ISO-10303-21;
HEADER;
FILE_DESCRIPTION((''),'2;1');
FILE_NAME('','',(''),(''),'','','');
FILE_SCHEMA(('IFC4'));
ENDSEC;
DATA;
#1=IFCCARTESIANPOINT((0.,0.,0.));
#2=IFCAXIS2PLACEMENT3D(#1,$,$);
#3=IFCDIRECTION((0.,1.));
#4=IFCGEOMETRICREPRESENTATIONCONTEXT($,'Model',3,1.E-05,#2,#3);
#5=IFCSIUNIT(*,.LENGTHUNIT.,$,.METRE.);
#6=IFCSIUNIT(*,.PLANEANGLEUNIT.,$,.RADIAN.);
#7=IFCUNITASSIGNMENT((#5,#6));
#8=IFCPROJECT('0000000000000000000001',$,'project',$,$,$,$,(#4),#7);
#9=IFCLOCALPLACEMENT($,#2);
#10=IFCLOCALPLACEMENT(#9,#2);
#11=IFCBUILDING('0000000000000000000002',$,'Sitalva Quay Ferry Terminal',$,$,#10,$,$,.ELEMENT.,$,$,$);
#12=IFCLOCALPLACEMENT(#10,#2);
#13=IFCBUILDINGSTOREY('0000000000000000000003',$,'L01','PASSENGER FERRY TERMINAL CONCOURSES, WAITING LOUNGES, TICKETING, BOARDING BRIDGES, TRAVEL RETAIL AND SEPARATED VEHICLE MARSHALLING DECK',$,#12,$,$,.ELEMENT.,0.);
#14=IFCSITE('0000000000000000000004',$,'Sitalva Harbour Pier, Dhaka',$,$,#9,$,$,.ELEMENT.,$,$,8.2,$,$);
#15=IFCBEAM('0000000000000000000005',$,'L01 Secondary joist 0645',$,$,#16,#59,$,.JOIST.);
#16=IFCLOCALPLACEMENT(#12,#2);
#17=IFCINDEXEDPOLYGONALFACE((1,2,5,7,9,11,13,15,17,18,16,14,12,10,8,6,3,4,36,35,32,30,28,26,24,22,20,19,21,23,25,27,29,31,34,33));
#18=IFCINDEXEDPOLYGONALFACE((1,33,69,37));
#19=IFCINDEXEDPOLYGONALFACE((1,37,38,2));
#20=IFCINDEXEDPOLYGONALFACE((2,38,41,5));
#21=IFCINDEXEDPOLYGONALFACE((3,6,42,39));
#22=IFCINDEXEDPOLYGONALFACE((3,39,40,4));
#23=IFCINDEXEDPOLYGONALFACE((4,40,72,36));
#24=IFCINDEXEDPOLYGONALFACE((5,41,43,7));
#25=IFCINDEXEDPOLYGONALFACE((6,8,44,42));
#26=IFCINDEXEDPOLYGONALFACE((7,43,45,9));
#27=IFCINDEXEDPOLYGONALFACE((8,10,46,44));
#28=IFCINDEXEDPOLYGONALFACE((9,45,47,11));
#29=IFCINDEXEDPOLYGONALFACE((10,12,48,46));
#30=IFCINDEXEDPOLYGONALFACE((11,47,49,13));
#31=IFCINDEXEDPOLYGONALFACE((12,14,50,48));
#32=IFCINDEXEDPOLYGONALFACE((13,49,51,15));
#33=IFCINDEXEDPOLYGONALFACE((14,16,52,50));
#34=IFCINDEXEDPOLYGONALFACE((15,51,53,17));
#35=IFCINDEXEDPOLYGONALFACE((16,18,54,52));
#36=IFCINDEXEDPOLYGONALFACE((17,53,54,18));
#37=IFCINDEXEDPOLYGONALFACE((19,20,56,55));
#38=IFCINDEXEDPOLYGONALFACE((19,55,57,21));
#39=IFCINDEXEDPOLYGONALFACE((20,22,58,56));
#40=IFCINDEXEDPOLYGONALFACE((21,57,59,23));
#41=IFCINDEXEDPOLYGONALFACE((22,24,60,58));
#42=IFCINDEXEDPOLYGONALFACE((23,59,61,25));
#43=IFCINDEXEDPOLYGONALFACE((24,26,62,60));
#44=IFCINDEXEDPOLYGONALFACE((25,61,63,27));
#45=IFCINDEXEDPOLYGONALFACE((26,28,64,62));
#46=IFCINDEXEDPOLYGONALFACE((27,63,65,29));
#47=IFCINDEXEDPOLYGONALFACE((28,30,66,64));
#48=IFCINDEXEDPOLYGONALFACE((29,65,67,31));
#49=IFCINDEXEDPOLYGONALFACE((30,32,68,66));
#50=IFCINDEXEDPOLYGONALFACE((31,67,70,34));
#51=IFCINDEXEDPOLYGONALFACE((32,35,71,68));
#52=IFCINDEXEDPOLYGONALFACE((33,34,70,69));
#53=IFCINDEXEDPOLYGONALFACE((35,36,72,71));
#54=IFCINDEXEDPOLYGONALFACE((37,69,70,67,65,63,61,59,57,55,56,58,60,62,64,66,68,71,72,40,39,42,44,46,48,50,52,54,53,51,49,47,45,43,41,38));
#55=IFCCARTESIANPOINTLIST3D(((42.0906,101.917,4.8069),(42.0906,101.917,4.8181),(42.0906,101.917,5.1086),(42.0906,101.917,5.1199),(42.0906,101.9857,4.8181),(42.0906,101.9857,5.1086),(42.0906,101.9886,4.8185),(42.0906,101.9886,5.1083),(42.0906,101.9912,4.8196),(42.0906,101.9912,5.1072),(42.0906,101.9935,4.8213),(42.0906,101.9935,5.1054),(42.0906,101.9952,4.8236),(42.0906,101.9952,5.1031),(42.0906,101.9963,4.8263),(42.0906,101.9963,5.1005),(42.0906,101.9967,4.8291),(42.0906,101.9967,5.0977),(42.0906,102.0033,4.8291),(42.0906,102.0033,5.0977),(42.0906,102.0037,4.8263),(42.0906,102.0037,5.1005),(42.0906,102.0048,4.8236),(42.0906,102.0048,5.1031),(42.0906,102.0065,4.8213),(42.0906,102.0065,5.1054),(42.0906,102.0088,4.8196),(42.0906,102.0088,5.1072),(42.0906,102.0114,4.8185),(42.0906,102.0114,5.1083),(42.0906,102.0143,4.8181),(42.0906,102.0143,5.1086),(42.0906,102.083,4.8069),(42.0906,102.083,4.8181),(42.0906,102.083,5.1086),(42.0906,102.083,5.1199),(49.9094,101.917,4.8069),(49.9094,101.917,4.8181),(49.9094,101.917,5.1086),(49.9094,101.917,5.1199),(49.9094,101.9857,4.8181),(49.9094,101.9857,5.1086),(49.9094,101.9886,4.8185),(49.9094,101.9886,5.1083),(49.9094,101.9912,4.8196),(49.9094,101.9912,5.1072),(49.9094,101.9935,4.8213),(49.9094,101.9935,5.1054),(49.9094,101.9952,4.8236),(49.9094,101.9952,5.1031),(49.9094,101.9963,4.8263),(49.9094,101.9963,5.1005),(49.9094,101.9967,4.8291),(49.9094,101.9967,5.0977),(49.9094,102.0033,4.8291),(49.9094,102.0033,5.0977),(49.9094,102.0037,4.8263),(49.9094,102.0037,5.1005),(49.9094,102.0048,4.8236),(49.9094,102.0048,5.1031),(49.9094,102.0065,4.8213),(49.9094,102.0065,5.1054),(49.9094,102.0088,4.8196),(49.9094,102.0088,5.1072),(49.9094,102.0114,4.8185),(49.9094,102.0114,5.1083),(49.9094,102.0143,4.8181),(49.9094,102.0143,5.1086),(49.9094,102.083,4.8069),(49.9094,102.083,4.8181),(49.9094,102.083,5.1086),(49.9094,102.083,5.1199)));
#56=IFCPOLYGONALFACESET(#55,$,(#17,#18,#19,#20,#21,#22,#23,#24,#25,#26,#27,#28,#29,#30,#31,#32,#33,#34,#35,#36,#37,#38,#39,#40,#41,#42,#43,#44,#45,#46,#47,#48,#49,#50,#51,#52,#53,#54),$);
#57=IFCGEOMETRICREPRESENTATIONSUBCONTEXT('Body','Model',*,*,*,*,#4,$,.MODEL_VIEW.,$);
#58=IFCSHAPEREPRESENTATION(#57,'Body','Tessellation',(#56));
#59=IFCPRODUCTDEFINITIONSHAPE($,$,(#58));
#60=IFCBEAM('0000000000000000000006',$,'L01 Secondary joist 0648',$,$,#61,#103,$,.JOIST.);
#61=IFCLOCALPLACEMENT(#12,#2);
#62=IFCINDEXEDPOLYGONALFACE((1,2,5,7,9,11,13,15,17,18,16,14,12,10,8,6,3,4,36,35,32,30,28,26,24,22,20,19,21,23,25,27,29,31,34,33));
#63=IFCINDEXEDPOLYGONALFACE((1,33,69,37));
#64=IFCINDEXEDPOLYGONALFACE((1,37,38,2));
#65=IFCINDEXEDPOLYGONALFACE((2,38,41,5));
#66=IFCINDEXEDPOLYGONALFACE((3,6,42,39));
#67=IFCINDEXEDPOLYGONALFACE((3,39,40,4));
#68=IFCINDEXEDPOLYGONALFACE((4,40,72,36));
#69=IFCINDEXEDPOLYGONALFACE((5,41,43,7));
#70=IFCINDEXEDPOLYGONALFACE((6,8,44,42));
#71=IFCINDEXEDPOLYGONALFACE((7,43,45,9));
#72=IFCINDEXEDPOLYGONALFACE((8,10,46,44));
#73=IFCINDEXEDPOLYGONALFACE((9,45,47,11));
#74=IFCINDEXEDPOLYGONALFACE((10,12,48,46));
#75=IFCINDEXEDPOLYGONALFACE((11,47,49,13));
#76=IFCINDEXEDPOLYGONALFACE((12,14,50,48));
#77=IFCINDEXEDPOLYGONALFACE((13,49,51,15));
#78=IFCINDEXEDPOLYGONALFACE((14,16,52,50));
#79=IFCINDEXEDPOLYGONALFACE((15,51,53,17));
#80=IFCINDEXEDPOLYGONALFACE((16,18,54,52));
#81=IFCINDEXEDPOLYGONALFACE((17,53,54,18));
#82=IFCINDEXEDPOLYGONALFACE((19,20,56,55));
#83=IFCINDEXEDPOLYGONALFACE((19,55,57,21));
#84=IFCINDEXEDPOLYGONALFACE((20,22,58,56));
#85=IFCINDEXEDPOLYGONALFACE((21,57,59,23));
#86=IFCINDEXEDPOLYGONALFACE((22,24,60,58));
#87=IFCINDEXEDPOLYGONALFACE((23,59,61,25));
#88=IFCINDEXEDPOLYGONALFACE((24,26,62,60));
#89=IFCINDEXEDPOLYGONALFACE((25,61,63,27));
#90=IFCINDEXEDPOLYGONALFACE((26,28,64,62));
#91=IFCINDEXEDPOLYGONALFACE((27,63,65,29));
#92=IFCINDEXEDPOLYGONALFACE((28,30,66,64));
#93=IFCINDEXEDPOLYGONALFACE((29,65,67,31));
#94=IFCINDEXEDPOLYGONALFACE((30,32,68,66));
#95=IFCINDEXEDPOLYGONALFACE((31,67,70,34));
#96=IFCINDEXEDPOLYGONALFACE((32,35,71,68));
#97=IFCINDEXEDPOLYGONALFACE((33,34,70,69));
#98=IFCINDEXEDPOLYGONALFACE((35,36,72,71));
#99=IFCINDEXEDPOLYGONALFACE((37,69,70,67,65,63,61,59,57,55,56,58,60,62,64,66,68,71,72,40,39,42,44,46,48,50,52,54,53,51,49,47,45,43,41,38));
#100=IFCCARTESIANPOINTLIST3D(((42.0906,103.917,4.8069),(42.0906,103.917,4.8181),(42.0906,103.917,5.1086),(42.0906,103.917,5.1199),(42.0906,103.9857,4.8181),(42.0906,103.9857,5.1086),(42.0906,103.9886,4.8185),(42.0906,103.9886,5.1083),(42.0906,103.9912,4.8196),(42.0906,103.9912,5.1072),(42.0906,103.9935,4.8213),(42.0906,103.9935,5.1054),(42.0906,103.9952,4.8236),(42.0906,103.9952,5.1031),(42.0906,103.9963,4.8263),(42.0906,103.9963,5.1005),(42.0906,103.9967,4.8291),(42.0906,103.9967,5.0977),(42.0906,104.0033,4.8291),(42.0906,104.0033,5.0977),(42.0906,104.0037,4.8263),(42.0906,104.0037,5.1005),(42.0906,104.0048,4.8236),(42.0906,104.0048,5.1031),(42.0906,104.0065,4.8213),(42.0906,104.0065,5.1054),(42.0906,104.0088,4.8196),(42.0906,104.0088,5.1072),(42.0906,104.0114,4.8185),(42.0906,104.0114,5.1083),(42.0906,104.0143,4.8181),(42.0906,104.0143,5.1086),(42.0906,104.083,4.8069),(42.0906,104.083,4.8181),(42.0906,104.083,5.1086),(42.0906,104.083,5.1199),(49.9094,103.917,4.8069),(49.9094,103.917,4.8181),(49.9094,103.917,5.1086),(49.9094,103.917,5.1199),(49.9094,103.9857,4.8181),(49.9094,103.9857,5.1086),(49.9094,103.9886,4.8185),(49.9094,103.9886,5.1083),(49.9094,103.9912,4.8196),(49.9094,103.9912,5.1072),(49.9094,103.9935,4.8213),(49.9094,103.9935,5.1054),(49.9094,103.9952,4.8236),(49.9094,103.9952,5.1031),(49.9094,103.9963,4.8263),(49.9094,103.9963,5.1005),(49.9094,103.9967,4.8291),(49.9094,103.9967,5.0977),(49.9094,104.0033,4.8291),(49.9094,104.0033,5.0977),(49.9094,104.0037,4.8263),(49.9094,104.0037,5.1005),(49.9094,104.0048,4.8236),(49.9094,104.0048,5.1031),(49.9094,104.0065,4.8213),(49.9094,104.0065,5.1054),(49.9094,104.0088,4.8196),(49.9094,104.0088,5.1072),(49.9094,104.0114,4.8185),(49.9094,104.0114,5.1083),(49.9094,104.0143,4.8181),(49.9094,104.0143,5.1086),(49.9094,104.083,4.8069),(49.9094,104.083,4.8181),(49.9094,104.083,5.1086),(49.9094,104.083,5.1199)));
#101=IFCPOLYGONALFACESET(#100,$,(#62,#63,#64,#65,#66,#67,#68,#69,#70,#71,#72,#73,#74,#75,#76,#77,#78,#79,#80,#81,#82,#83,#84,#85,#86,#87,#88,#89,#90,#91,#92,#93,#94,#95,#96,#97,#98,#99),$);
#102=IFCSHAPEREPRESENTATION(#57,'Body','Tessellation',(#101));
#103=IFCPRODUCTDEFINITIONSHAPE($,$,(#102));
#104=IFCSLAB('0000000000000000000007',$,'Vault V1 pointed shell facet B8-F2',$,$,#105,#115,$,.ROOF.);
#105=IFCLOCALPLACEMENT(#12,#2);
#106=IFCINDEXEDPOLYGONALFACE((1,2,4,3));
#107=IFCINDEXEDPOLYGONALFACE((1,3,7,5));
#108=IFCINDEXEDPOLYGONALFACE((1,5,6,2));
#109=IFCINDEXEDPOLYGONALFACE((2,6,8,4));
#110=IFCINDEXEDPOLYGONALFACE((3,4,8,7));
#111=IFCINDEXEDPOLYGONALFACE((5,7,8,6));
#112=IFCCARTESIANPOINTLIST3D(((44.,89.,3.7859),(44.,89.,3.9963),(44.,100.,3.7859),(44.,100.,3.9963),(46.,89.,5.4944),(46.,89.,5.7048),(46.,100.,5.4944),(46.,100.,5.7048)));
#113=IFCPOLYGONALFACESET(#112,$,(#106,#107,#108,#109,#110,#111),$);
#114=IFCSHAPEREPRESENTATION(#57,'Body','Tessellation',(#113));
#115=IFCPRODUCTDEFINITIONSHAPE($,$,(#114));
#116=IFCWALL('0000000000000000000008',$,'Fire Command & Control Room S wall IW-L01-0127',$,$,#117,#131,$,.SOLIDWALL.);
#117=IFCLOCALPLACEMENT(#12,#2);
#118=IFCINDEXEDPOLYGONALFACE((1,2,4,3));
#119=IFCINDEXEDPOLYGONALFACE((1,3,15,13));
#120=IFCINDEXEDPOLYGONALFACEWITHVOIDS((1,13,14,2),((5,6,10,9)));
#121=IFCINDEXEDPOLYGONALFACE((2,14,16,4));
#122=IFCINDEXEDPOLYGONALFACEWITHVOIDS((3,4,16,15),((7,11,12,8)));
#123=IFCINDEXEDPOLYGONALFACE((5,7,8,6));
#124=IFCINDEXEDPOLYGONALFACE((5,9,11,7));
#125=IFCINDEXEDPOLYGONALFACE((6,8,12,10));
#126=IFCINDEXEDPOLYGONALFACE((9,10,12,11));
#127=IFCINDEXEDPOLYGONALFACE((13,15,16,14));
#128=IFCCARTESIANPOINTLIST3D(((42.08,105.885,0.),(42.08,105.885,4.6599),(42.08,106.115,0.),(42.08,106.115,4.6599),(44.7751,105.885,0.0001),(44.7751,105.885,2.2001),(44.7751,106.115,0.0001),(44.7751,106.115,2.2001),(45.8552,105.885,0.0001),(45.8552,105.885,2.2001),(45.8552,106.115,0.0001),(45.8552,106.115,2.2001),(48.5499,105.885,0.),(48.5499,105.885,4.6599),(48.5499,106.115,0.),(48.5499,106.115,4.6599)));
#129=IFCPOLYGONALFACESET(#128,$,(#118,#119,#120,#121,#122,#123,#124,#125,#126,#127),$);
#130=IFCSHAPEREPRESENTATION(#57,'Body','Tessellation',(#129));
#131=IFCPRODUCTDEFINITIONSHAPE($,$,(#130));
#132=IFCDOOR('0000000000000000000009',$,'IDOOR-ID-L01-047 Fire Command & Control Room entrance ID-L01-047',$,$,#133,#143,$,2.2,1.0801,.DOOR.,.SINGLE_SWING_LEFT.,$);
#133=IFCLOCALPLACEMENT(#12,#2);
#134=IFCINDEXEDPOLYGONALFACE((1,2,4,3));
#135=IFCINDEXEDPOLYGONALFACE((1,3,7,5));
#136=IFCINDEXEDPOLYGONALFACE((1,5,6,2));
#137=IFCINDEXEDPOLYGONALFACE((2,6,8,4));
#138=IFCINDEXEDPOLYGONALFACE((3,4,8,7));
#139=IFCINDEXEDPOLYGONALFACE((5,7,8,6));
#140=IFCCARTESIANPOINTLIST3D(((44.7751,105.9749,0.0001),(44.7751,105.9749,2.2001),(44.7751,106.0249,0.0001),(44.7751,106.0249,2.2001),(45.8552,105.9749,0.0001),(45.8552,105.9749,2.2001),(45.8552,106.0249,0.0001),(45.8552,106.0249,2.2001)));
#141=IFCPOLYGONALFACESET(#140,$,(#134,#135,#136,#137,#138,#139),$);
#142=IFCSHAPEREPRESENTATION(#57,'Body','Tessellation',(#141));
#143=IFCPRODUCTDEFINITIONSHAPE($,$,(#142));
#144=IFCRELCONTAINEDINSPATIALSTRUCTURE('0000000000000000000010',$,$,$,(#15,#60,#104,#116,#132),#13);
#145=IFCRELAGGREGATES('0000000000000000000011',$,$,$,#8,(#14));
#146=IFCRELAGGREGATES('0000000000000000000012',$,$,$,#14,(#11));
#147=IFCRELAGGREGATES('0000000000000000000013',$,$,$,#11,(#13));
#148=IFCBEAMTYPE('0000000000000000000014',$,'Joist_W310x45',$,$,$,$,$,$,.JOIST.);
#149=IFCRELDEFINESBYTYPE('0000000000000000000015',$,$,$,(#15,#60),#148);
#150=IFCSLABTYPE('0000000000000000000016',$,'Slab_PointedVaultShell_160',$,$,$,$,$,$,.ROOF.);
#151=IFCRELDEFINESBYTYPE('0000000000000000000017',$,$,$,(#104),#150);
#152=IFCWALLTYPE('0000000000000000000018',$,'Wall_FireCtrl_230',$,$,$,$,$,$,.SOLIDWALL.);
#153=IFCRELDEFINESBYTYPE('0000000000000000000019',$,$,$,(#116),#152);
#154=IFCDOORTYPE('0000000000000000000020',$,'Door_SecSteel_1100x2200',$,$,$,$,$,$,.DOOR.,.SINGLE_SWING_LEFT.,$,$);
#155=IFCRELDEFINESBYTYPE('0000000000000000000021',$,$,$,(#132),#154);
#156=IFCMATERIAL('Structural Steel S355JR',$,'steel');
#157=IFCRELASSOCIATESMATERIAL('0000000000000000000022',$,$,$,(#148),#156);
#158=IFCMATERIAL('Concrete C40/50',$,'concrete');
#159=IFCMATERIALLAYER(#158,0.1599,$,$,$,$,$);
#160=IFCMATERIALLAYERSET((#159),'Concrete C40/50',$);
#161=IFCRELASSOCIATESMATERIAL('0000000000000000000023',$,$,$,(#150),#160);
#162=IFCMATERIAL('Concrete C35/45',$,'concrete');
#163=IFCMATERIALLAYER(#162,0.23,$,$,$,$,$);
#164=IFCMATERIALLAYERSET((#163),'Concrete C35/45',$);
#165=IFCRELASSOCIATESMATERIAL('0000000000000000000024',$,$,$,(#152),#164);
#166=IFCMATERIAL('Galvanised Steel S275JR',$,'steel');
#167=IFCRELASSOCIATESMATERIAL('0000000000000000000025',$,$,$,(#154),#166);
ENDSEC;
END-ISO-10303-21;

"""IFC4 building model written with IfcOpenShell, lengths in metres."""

from ifc_helpers import new_model, si_unit, direction, frame, frame_2d, origin, origin_2d, place, context, subcontext, project, spatial, polyline, rectangle, i_section, outline, extrude, material, layer, layer_set, material_profile, profile_set, type_object, element, fill, save


model = new_model("IFC4")

# Units and contexts
model_context = context("Model", 3, precision=1e-05, world=origin(), true_north=direction((0.0, 1.0)))
body_context = subcontext(model_context, "Body", "Model", "MODEL_VIEW")
ifc_project = project(units=[si_unit("LENGTHUNIT", "METRE"), si_unit("PLANEANGLEUNIT", "RADIAN")], contexts=[model_context])

# Site, building, storey
site_placement = place(None, origin())
site = spatial("IfcSite", under=ifc_project, at=site_placement, Name="Sitalva Harbour Pier, Dhaka", CompositionType="ELEMENT", RefElevation=8.2)
building_placement = place(site_placement, origin())
building = spatial("IfcBuilding", under=site, at=building_placement, Name="Sitalva Quay Ferry Terminal", CompositionType="ELEMENT")
storey_placement = place(building_placement, origin())
storey = spatial("IfcBuildingStorey", under=building, at=storey_placement, Name="L01", Description="PASSENGER FERRY TERMINAL CONCOURSES, WAITING LOUNGES, TICKETING, BOARDING BRIDGES, TRAVEL RETAIL AND SEPARATED VEHICLE MARSHALLING DECK", CompositionType="ELEMENT", Elevation=0.0)

# Beams
ifc_material_1 = material(Name="Structural Steel S355JR", Category="steel")
ifc_material_profile_1 = material_profile(ifc_material_1, i_section(OverallWidth=0.166, OverallDepth=0.313, WebThickness=0.0066, FlangeThickness=0.0112, FilletRadius=0.011, at=origin_2d()), Name="W310x45")
ifc_profile_set_1 = profile_set([ifc_material_profile_1], Name="Structural Steel S355JR")
beam_type_1 = type_object("IfcBeamType", Name="Joist_W310x45", PredefinedType="JOIST", material=ifc_profile_set_1)
for number, where, z_axis, x_axis, name in (
    (1, (42.0906, 102.0, 4.9634), (1.0, 0.0, 0.0), (0.0, 1.0, 0.0), "L01 Secondary joist 0645"),
    (2, (42.0906, 104.0, 4.9634), (1.0, 0.0, 0.0), (0.0, 1.0, 0.0), "L01 Secondary joist 0648"),
):
    element("IfcBeam", number, at=place(storey_placement, frame(where, z_axis=z_axis, x_axis=x_axis)), inside=storey, type_object=beam_type_1, Name=name, PredefinedType="JOIST", context=body_context, shape_type="SweptSolid", body=[
        extrude(i_section(OverallWidth=0.166, OverallDepth=0.313, WebThickness=0.0066, FlangeThickness=0.0112, FilletRadius=0.011, at=origin_2d()), origin(), (0.0, 0.0, 1.0), 7.8188),
    ])

# Slab
ifc_material_2 = material(Name="Concrete C40/50", Category="concrete")
ifc_layer_1 = layer(ifc_material_2, 0.1599)
ifc_layer_set_1 = layer_set([ifc_layer_1], Name="Concrete C40/50")
slab_type = type_object("IfcSlabType", Name="Slab_PointedVaultShell_160", PredefinedType="ROOF", material=ifc_layer_set_1)
slab_placement = place(storey_placement, frame((44.0, 89.0, 3.9963), z_axis=(-0.649522, 0.0, 0.760343), x_axis=(0.760343, 0.0, 0.649522)))
element("IfcSlab", 3, at=slab_placement, inside=storey, type_object=slab_type, Name="Vault V1 pointed shell facet B8-F2", PredefinedType="ROOF", context=body_context, shape_type="SweptSolid", body=[
    extrude(outline(polyline([(0.0, 0.0), (2.6304, 0.0), (2.6304, 11.0), (0.0, 11.0), (0.0, 0.0)])), origin(), (-0.649522, 0.0, -0.760343), 0.2104),
])

# Wall, opening, door
ifc_material_3 = material(Name="Concrete C35/45", Category="concrete")
ifc_layer_2 = layer(ifc_material_3, 0.23)
ifc_layer_set_2 = layer_set([ifc_layer_2], Name="Concrete C35/45")
wall_type = type_object("IfcWallType", Name="Wall_FireCtrl_230", PredefinedType="SOLIDWALL", material=ifc_layer_set_2)
wall_placement = place(storey_placement, frame((42.0801, 106.0, 0.0), z_axis=(0.0, 0.0, 1.0), x_axis=(1.0, 0.0, 0.0)))
wall = element("IfcWall", 4, at=wall_placement, inside=storey, type_object=wall_type, Name="Fire Command & Control Room S wall IW-L01-0127", PredefinedType="SOLIDWALL", context=body_context, shape_type="SweptSolid", body=[
    extrude(rectangle(XDim=6.47, YDim=0.23, at=frame_2d((3.2349, 0.0))), origin(), (0.0, 0.0, 1.0), 4.6599),
])
opening_placement = place(wall_placement, frame((2.6951, 0.0, 0.0)))
opening = element("IfcOpeningElement", 5, at=opening_placement, cuts=wall, PredefinedType="OPENING", context=body_context, shape_type="SweptSolid", body=[
    extrude(rectangle(XDim=1.0801, YDim=2.2, at=frame_2d((0.54, 1.1001))), frame((0.0, 0.125, 0.0), z_axis=(0.0, -1.0, 0.0), x_axis=(1.0, 0.0, 0.0)), (0.0, 0.0, 1.0), 0.25),
])
ifc_material_4 = material(Name="Galvanised Steel S275JR", Category="steel")
door_type = type_object("IfcDoorType", Name="Door_SecSteel_1100x2200", OperationType="SINGLE_SWING_LEFT", PredefinedType="DOOR", material=ifc_material_4)
door_placement = place(opening_placement, origin())
door = element("IfcDoor", 6, at=door_placement, inside=storey, type_object=door_type, Name="IDOOR-ID-L01-047 Fire Command & Control Room entrance ID-L01-047", OperationType="SINGLE_SWING_LEFT", OverallHeight=2.2, OverallWidth=1.0801, PredefinedType="DOOR", context=body_context, shape_type="SweptSolid", body=[
    extrude(rectangle(XDim=1.0801, YDim=2.2, at=frame_2d((0.54, 1.1001))), frame((0.0, 0.0249, 0.0), z_axis=(0.0, -1.0, 0.0), x_axis=(1.0, 0.0, 0.0)), (0.0, 0.0, 1.0), 0.05),
])
fill(opening, door)

save(model, "model.ifc")
